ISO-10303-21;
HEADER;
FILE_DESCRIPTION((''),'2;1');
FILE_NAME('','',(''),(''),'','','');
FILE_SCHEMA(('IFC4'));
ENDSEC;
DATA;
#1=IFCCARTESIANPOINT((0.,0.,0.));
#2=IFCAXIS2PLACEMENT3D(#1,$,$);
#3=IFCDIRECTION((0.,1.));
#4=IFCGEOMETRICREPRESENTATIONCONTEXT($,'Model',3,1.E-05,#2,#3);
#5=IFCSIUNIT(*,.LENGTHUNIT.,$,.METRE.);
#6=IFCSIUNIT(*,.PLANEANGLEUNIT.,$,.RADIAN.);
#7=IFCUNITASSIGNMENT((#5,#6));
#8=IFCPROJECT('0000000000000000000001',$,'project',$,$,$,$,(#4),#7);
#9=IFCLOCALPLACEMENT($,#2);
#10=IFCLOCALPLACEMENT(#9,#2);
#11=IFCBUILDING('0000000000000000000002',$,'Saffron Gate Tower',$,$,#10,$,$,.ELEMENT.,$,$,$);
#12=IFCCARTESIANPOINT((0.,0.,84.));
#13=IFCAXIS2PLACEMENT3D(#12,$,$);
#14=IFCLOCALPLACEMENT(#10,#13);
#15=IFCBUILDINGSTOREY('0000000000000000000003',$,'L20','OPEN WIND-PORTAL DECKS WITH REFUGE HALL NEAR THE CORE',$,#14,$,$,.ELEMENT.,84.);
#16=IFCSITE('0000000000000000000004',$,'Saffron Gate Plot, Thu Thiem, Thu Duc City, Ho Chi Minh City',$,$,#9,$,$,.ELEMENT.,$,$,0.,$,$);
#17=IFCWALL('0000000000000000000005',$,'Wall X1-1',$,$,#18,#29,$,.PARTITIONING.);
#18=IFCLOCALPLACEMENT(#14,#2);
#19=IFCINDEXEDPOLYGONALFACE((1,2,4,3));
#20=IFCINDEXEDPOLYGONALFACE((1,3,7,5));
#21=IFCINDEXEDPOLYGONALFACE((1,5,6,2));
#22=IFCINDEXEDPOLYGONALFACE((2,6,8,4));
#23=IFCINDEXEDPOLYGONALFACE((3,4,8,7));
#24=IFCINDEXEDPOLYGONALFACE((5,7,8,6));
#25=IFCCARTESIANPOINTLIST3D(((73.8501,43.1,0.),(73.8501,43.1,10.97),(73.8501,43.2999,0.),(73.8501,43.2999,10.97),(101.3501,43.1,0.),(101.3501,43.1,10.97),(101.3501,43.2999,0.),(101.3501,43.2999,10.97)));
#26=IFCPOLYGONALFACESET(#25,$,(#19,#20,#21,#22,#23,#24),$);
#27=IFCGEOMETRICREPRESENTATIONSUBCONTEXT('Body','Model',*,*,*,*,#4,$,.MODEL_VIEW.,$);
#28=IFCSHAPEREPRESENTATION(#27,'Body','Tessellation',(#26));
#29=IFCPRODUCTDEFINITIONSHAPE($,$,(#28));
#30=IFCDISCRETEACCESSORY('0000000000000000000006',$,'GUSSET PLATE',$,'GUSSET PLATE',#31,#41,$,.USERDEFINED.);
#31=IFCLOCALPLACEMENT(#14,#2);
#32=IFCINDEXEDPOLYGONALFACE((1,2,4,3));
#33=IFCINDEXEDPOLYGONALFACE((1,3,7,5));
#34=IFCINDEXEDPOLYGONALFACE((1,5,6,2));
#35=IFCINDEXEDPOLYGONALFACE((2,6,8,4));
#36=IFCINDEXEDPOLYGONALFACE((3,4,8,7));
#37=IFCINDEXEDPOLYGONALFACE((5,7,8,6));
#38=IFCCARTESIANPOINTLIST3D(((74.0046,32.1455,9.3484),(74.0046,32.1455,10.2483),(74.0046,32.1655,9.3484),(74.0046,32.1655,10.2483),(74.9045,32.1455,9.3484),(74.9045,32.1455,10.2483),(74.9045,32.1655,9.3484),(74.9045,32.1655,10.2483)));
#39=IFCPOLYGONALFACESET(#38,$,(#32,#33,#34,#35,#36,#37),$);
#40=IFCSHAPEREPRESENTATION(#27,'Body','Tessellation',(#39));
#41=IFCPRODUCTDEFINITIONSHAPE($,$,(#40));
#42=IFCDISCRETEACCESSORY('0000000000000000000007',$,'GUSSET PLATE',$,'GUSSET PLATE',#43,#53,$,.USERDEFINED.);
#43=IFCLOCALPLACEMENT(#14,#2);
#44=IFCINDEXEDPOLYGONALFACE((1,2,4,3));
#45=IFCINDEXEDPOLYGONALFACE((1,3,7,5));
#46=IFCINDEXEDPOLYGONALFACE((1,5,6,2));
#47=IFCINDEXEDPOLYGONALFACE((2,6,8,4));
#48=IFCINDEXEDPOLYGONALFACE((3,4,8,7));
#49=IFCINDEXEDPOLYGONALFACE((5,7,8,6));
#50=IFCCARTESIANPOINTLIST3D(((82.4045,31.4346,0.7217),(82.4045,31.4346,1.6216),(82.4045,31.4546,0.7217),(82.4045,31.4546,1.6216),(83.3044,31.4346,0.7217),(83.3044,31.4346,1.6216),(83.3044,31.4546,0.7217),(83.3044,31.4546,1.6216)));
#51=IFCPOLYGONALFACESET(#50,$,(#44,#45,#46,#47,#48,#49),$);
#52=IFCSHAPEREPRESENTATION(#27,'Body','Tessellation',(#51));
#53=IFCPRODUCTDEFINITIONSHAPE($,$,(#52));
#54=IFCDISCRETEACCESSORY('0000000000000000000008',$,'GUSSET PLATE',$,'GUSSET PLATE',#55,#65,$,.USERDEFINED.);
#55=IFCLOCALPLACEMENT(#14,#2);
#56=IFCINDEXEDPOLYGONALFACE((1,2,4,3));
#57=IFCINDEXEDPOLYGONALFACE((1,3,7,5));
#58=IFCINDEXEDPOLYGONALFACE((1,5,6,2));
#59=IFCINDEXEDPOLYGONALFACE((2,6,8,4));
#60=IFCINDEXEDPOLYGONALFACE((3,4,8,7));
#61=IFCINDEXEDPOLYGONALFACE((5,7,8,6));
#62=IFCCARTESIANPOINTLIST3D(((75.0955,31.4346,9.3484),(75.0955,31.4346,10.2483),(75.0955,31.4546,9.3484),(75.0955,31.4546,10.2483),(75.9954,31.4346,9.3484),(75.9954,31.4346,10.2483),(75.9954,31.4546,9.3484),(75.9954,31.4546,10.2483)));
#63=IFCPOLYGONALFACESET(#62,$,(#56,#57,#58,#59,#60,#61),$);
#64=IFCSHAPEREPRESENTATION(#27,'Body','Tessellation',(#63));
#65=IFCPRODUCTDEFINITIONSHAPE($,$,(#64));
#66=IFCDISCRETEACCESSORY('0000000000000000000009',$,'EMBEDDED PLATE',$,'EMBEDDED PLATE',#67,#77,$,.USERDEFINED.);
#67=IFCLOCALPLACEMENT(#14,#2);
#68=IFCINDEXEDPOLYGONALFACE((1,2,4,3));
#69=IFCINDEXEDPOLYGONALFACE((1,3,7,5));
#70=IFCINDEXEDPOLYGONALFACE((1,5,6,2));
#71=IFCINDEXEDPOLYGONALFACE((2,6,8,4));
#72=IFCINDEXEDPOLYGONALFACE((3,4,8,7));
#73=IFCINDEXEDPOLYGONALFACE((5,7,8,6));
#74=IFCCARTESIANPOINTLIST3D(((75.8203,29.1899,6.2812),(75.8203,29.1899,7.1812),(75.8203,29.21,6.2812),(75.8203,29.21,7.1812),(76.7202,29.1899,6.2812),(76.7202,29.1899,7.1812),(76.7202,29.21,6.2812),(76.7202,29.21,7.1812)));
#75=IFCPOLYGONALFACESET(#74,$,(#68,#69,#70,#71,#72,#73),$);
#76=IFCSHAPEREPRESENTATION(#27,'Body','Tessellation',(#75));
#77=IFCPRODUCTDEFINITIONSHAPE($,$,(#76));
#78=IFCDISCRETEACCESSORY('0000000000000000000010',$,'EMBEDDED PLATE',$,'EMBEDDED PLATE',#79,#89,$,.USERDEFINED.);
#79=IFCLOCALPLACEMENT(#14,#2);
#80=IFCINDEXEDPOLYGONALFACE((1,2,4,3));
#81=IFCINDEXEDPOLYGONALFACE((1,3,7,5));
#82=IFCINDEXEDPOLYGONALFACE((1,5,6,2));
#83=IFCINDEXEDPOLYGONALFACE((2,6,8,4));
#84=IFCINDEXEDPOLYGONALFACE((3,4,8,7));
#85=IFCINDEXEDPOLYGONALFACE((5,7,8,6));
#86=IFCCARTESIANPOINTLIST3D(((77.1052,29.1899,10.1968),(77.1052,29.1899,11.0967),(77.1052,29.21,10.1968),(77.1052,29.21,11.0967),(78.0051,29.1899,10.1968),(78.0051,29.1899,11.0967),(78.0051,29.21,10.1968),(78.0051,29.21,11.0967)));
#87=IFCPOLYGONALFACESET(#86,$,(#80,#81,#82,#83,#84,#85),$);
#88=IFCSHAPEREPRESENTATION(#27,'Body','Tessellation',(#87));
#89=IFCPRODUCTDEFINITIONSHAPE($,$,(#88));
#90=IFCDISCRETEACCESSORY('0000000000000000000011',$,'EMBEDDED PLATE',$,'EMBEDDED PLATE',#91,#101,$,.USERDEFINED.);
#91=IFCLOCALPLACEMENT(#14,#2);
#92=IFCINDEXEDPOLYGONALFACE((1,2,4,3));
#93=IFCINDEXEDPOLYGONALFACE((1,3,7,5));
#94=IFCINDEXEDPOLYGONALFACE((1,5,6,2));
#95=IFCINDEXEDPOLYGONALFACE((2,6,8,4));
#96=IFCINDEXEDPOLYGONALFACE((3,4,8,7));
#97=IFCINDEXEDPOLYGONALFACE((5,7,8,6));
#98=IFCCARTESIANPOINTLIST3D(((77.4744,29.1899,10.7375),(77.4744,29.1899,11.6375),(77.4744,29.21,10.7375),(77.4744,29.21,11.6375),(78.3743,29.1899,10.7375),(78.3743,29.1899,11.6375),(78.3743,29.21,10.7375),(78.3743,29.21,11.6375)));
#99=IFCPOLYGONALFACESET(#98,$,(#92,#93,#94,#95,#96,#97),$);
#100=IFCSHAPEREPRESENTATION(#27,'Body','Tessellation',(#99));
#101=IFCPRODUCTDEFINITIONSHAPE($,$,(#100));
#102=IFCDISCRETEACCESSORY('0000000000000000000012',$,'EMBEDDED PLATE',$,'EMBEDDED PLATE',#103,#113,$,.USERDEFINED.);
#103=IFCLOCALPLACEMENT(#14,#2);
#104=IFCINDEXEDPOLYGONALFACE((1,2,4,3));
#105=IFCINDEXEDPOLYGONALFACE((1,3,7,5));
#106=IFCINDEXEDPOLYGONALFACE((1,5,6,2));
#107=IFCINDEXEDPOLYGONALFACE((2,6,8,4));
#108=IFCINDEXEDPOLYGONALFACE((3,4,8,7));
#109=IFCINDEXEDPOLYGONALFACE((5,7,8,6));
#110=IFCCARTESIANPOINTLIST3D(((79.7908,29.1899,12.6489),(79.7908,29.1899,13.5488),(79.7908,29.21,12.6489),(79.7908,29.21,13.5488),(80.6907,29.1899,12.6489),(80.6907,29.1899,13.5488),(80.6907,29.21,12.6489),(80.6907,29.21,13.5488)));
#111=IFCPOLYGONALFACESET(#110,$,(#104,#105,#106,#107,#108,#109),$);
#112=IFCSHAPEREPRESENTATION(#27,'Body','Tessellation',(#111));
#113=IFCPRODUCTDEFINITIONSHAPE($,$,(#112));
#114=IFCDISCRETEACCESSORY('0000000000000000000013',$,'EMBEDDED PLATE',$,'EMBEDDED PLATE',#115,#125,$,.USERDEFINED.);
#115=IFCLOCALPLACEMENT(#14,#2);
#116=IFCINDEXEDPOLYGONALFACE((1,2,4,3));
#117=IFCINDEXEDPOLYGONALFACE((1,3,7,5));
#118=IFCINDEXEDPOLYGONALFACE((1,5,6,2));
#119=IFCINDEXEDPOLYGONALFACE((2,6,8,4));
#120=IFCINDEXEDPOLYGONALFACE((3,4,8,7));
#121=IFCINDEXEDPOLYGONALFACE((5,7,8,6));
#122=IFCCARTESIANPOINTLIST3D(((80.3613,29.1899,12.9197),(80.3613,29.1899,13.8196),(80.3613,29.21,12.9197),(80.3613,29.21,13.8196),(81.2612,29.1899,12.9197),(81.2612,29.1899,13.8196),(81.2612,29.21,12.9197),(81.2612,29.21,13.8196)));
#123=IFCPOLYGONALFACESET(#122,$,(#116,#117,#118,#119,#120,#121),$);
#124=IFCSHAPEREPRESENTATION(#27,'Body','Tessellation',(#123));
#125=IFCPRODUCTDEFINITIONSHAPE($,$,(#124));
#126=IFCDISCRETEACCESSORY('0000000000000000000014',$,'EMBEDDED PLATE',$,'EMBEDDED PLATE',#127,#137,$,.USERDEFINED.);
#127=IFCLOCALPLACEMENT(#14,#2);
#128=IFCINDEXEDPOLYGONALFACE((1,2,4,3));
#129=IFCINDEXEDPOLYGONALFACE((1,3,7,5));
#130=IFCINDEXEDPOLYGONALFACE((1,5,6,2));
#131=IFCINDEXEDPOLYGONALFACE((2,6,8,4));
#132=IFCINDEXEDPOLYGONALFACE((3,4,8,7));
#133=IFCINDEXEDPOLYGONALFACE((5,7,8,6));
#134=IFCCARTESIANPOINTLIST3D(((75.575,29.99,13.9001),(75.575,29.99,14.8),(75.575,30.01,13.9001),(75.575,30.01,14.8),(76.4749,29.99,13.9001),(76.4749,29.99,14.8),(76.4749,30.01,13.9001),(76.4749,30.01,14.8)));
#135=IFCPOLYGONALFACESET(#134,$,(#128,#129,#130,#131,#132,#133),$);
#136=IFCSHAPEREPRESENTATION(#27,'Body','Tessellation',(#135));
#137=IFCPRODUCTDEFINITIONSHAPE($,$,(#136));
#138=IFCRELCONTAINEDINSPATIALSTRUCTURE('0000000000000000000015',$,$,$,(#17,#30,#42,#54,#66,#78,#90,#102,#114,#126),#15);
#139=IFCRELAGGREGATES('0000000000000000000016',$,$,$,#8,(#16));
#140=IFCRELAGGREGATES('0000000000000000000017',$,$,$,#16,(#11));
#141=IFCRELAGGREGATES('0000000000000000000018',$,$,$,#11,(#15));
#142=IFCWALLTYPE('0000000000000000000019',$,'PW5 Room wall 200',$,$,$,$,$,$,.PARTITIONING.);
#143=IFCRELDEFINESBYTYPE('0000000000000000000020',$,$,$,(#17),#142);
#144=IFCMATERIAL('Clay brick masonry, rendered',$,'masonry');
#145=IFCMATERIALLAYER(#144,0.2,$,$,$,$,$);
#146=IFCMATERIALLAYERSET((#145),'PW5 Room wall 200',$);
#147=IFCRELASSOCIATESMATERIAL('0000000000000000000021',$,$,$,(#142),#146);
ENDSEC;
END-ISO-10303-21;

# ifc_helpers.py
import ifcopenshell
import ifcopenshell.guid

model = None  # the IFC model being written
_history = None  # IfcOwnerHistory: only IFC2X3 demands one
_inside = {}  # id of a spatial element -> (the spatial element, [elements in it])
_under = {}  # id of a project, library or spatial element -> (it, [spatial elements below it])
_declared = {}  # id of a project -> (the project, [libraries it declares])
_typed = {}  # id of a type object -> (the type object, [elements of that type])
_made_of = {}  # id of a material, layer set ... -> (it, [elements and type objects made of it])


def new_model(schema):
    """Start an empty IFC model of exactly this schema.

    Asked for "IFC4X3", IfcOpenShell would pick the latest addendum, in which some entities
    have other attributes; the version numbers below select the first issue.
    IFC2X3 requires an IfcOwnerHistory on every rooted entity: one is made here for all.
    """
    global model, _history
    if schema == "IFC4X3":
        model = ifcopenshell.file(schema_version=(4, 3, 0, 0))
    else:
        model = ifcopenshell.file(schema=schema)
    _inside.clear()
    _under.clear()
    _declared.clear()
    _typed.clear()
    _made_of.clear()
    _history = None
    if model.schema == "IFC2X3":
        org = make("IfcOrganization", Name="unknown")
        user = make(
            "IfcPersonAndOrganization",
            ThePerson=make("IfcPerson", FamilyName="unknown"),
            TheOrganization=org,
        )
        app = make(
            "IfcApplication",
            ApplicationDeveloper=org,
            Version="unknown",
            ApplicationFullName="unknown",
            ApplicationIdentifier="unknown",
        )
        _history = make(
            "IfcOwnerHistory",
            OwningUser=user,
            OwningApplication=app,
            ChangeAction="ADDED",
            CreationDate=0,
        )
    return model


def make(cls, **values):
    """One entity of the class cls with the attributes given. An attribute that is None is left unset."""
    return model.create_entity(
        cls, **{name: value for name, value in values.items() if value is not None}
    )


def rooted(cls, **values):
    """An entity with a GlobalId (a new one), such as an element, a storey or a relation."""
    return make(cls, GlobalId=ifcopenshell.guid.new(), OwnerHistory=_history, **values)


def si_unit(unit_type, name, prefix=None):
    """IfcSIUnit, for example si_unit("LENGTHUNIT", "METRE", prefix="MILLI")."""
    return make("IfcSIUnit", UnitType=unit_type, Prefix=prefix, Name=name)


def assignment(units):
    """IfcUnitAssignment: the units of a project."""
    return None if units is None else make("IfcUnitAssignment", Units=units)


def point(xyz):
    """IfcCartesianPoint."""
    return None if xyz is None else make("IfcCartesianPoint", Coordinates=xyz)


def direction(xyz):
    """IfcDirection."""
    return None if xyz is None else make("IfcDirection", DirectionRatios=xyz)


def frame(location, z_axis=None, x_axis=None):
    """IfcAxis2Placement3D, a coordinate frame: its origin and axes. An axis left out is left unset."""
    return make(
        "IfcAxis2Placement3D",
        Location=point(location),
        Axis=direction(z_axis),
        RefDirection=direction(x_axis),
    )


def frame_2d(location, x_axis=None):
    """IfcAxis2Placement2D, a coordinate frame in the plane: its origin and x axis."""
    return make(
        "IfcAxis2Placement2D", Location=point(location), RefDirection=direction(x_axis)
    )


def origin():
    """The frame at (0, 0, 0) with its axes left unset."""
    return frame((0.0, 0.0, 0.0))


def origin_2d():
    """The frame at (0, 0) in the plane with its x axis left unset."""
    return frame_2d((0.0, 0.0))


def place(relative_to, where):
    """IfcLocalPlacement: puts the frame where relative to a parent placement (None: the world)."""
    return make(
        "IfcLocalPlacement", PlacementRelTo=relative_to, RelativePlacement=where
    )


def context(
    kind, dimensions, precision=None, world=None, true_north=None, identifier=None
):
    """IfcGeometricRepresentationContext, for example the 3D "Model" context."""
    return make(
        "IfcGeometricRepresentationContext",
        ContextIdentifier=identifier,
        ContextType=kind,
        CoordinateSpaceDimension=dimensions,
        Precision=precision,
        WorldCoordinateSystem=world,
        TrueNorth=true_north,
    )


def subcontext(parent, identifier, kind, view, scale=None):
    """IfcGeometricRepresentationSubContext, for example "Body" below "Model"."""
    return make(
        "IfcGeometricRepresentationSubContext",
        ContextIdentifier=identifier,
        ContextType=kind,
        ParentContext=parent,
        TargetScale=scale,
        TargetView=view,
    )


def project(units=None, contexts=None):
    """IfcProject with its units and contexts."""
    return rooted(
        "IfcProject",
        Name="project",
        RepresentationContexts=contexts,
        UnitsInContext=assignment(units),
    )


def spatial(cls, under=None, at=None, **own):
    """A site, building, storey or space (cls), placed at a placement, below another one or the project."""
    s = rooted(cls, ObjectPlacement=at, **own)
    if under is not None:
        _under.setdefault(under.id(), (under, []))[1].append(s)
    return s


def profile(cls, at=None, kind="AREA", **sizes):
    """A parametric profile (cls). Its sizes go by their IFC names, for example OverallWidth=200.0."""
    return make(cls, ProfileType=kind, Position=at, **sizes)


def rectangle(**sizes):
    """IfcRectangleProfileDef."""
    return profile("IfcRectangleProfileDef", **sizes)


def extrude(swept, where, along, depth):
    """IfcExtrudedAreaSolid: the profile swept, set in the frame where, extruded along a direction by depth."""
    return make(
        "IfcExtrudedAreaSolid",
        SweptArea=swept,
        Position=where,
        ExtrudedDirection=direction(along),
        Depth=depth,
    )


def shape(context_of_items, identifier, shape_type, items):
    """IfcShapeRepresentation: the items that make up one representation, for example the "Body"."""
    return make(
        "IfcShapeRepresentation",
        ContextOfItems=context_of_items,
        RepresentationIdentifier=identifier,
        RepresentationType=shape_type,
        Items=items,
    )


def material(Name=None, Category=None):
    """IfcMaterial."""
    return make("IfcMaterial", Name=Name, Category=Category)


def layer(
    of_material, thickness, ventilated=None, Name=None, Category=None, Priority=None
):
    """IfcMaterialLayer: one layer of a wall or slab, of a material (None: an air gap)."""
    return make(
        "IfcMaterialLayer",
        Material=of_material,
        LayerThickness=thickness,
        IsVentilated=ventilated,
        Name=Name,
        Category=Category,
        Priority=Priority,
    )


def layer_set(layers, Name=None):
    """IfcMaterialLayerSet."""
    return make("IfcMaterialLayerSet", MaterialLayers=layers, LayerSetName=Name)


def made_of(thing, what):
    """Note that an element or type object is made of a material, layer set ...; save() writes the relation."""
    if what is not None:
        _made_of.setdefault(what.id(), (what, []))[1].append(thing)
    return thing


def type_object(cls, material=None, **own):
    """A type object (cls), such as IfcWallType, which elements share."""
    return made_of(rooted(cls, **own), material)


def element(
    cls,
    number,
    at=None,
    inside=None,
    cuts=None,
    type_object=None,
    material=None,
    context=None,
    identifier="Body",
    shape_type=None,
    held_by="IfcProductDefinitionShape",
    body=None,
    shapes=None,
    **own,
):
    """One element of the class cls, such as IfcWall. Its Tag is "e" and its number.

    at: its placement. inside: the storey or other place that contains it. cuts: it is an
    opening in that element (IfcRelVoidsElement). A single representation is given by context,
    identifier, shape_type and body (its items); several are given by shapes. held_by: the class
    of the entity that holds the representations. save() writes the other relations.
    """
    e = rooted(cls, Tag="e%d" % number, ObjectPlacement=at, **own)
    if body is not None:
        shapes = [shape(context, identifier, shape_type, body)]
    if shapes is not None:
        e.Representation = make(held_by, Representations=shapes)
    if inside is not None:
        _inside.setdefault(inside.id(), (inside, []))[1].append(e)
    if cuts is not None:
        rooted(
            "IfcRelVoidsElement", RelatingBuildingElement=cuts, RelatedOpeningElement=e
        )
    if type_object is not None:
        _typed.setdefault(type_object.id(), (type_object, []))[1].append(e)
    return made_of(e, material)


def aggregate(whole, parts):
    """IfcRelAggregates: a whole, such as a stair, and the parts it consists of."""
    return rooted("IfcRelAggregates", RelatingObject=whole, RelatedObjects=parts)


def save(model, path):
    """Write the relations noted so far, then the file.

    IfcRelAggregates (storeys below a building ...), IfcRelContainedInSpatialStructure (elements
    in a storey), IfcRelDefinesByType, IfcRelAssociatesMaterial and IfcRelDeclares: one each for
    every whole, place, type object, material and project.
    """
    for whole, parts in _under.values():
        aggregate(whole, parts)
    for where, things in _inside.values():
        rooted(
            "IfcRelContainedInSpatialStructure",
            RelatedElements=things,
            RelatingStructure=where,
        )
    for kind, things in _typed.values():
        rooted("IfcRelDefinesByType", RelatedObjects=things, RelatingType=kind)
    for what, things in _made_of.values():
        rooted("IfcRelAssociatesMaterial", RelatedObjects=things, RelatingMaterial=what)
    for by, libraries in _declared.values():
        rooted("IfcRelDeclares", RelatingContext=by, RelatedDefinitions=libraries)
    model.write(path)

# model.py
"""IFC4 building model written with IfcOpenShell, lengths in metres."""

from ifc_helpers import new_model, si_unit, direction, frame, frame_2d, origin, origin_2d, place, context, subcontext, project, spatial, rectangle, extrude, material, layer, layer_set, type_object, element, save


model = new_model("IFC4")

# Units and contexts
model_context = context("Model", 3, precision=1e-05, world=origin(), true_north=direction((0.0, 1.0)))
body_context = subcontext(model_context, "Body", "Model", "MODEL_VIEW")
ifc_project = project(units=[si_unit("LENGTHUNIT", "METRE"), si_unit("PLANEANGLEUNIT", "RADIAN")], contexts=[model_context])

# Site, building, storey
site_placement = place(None, origin())
site = spatial("IfcSite", under=ifc_project, at=site_placement, Name="Saffron Gate Plot, Thu Thiem, Thu Duc City, Ho Chi Minh City", CompositionType="ELEMENT", RefElevation=0.0)
building_placement = place(site_placement, origin())
building = spatial("IfcBuilding", under=site, at=building_placement, Name="Saffron Gate Tower", CompositionType="ELEMENT")
storey_placement = place(building_placement, frame((0.0, 0.0, 84.0)))
storey = spatial("IfcBuildingStorey", under=building, at=storey_placement, Name="L20", Description="OPEN WIND-PORTAL DECKS WITH REFUGE HALL NEAR THE CORE", CompositionType="ELEMENT", Elevation=84.0)

# Wall
ifc_material_1 = material(Name="Clay brick masonry, rendered", Category="masonry")
ifc_layer = layer(ifc_material_1, 0.2)
ifc_layer_set = layer_set([ifc_layer], Name="PW5 Room wall 200")
wall_type = type_object("IfcWallType", Name="PW5 Room wall 200", PredefinedType="PARTITIONING", material=ifc_layer_set)
wall_placement = place(storey_placement, frame((73.8501, 43.2, 0.0), z_axis=(0.0, 0.0, 1.0), x_axis=(1.0, 0.0, 0.0)))
element("IfcWall", 1, at=wall_placement, inside=storey, type_object=wall_type, Name="Wall X1-1", PredefinedType="PARTITIONING", context=body_context, shape_type="SweptSolid", body=[
    extrude(rectangle(XDim=27.5, YDim=0.2, at=frame_2d((13.75, 0.0))), origin(), (0.0, 0.0, 1.0), 10.97),
])

# Discrete accessories
for number, where, z_axis, x_axis, name in (
    (2, (74.4546, 32.1555, 9.3484), (0.0, 0.0, 1.0), (1.0, 0.0, 0.0), "GUSSET PLATE"),
    (3, (82.8545, 31.4446, 0.7217), (0.0, 0.0, 1.0), (-1.0, 0.0, 0.0), "GUSSET PLATE"),
    (4, (75.5454, 31.4446, 9.3484), (0.0, 0.0, 1.0), (-1.0, 0.0, 0.0), "GUSSET PLATE"),
):
    element("IfcDiscreteAccessory", number, at=place(storey_placement, frame(where, z_axis=z_axis, x_axis=x_axis)), inside=storey, Name=name, ObjectType="GUSSET PLATE", PredefinedType="USERDEFINED", context=body_context, shape_type="SweptSolid", body=[
        extrude(rectangle(XDim=0.8999, YDim=0.02, at=origin_2d()), origin(), (0.0, 0.0, 1.0), 0.8999),
    ])
for number, where, z_axis, x_axis, name in (
    (5, (76.2703, 29.2, 6.2812), (0.0, 0.0, 1.0), (1.0, 0.0, 0.0), "EMBEDDED PLATE"),
    (6, (77.5552, 29.2, 10.1968), (0.0, 0.0, 1.0), (1.0, 0.0, 0.0), "EMBEDDED PLATE"),
    (7, (77.9243, 29.2, 10.7375), (0.0, 0.0, 1.0), (1.0, 0.0, 0.0), "EMBEDDED PLATE"),
    (8, (80.2407, 29.2, 12.6489), (0.0, 0.0, 1.0), (1.0, 0.0, 0.0), "EMBEDDED PLATE"),
    (9, (80.8113, 29.2, 12.9197), (0.0, 0.0, 1.0), (1.0, 0.0, 0.0), "EMBEDDED PLATE"),
    (10, (76.0249, 30.0, 13.9001), (0.0, 0.0, 1.0), (1.0, 0.0, 0.0), "EMBEDDED PLATE"),
):
    element("IfcDiscreteAccessory", number, at=place(storey_placement, frame(where, z_axis=z_axis, x_axis=x_axis)), inside=storey, Name=name, ObjectType="EMBEDDED PLATE", PredefinedType="USERDEFINED", context=body_context, shape_type="SweptSolid", body=[
        extrude(rectangle(XDim=0.8999, YDim=0.02, at=origin_2d()), origin(), (0.0, 0.0, 1.0), 0.8999),
    ])

save(model, "model.ifc")
